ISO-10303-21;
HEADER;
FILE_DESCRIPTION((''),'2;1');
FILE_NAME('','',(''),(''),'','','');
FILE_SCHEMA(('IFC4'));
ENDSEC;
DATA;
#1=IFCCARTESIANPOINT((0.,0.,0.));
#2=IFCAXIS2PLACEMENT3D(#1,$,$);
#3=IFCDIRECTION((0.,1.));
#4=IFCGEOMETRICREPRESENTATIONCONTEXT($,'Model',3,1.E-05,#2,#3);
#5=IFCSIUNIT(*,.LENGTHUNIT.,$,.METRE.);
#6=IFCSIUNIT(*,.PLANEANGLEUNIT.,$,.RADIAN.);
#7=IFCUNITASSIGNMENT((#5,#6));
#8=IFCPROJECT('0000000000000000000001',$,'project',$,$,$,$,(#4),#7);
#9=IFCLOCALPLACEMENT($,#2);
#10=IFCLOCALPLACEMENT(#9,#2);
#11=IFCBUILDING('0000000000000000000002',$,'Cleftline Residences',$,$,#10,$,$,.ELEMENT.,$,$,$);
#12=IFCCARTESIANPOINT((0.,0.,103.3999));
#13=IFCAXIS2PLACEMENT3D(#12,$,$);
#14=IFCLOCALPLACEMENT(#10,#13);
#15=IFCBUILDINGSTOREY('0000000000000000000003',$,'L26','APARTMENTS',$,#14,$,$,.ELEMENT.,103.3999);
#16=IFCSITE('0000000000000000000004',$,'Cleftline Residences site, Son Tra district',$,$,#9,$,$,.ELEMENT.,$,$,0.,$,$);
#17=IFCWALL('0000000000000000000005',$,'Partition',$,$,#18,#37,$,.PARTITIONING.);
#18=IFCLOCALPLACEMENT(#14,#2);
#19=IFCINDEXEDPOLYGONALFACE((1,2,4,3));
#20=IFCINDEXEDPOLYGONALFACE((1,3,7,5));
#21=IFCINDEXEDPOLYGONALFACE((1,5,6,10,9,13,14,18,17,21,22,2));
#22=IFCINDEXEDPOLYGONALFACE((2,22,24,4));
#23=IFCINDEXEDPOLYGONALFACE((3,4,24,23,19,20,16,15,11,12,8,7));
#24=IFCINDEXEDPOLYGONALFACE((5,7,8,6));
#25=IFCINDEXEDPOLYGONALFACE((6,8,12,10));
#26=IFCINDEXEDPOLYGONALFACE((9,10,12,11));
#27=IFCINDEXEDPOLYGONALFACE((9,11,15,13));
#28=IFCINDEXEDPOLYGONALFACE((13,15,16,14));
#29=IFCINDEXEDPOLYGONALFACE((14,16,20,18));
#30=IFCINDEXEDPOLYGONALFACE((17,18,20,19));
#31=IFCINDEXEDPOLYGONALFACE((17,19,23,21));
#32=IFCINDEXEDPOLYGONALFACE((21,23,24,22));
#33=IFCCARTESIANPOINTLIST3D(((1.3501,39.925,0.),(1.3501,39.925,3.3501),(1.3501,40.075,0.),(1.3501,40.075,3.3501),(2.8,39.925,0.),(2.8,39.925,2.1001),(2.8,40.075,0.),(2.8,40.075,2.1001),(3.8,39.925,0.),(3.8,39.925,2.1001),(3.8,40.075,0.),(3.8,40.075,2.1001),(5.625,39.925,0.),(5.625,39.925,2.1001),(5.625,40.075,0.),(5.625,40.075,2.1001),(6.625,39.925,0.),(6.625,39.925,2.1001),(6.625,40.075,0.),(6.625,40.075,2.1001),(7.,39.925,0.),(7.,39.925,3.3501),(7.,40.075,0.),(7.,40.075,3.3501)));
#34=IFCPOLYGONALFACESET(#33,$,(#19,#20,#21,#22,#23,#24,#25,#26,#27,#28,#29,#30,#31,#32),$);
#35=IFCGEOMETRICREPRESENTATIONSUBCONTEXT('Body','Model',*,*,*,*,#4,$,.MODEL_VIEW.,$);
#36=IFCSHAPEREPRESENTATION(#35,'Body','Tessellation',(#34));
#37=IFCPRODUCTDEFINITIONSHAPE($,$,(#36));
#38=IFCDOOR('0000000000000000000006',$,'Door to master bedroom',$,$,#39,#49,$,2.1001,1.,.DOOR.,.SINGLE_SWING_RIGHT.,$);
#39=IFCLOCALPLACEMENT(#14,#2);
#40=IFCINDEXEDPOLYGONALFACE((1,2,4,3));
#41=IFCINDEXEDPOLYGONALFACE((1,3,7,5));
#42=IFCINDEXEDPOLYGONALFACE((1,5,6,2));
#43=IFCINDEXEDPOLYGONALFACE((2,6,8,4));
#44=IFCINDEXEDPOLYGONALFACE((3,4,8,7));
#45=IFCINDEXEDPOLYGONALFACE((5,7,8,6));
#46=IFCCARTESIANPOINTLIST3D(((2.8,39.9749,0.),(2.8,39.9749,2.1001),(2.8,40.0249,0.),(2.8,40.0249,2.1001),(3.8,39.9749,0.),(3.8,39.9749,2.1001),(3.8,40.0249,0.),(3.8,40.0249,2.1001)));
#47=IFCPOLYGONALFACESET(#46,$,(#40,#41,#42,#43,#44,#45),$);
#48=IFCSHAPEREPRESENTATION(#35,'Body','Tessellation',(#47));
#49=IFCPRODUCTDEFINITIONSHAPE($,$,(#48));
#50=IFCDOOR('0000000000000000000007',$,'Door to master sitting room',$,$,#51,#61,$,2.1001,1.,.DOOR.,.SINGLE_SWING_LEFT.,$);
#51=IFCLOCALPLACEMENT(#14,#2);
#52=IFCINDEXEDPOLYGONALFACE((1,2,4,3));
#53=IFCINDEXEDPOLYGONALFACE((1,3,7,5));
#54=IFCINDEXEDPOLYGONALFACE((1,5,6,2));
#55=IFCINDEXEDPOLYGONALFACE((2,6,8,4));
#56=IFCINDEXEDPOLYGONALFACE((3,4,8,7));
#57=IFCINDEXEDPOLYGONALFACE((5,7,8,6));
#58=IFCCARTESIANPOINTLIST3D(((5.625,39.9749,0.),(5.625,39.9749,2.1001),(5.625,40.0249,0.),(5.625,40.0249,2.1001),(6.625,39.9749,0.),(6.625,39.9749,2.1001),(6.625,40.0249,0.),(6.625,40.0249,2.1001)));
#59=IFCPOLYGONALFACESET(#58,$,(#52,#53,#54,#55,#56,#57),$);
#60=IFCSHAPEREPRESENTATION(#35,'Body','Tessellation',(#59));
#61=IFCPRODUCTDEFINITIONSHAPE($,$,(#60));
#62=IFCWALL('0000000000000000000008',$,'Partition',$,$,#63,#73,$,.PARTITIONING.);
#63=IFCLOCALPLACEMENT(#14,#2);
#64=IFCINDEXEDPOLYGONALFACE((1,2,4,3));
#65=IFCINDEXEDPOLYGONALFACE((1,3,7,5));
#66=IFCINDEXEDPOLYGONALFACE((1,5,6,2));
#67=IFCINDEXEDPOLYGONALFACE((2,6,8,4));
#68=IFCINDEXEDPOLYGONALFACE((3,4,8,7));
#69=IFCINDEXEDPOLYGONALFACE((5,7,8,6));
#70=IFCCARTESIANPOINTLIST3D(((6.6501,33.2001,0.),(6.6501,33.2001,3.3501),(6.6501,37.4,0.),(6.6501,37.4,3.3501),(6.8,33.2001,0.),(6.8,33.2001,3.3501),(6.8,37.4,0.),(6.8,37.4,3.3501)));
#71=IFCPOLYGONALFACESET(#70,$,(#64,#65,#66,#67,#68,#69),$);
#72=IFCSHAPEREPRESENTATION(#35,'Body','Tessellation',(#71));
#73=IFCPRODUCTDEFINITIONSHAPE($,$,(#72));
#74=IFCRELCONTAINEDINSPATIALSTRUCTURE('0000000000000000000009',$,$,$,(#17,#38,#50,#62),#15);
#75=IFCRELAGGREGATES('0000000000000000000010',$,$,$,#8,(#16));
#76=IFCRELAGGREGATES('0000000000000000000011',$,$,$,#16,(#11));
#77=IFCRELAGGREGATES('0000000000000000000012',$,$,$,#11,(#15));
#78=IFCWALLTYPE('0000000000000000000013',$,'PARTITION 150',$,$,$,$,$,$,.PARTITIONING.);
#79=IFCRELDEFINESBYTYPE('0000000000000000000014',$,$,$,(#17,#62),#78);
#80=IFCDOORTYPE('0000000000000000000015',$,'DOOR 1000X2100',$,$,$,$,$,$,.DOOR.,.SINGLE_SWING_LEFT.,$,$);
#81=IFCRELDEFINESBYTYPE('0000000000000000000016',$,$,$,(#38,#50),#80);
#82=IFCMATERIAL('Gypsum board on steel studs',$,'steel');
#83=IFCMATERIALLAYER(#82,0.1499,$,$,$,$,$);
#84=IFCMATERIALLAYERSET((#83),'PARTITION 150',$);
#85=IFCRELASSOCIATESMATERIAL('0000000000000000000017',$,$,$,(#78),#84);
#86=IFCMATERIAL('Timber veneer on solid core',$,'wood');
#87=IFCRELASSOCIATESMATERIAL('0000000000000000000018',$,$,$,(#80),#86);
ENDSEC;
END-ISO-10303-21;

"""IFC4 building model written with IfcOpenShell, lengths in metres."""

from ifc_helpers import new_model, si_unit, direction, frame, frame_2d, origin, place, context, subcontext, project, spatial, rectangle, extrude, material, layer, layer_set, type_object, element, fill, save


model = new_model("IFC4")

# Units and contexts
model_context = context("Model", 3, precision=1e-05, world=origin(), true_north=direction((0.0, 1.0)))
body_context = subcontext(model_context, "Body", "Model", "MODEL_VIEW")
ifc_project = project(units=[si_unit("LENGTHUNIT", "METRE"), si_unit("PLANEANGLEUNIT", "RADIAN")], contexts=[model_context])

# Site, building, storey
site_placement = place(None, origin())
site = spatial("IfcSite", under=ifc_project, at=site_placement, Name="Cleftline Residences site, Son Tra district", CompositionType="ELEMENT", RefElevation=0.0)
building_placement = place(site_placement, origin())
building = spatial("IfcBuilding", under=site, at=building_placement, Name="Cleftline Residences", CompositionType="ELEMENT")
storey_placement = place(building_placement, frame((0.0, 0.0, 103.3999)))
storey = spatial("IfcBuildingStorey", under=building, at=storey_placement, Name="L26", Description="APARTMENTS", CompositionType="ELEMENT", Elevation=103.3999)

# Wall, openings, doors
ifc_material_1 = material(Name="Gypsum board on steel studs", Category="steel")
ifc_layer = layer(ifc_material_1, 0.1499)
ifc_layer_set = layer_set([ifc_layer], Name="PARTITION 150")
wall_type = type_object("IfcWallType", Name="PARTITION 150", PredefinedType="PARTITIONING", material=ifc_layer_set)
ifc_material_2 = material(Name="Timber veneer on solid core", Category="wood")
door_type_1 = type_object("IfcDoorType", Name="DOOR 1000X2100", OperationType="SINGLE_SWING_LEFT", PredefinedType="DOOR", material=ifc_material_2)
wall_1_placement = place(storey_placement, frame((1.3501, 40.0, 0.0), z_axis=(0.0, 0.0, 1.0), x_axis=(1.0, 0.0, 0.0)))
wall_1 = element("IfcWall", 1, at=wall_1_placement, inside=storey, type_object=wall_type, Name="Partition", PredefinedType="PARTITIONING", context=body_context, shape_type="SweptSolid", body=[
    extrude(rectangle(XDim=5.6499, YDim=0.1499, at=frame_2d((2.825, 0.0))), origin(), (0.0, 0.0, 1.0), 3.3501),
])
opening_1_placement = place(wall_1_placement, frame((1.45, 0.0, 0.0)))
opening_1 = element("IfcOpeningElement", 2, at=opening_1_placement, cuts=wall_1, PredefinedType="OPENING", context=body_context, shape_type="SweptSolid", body=[
    extrude(rectangle(XDim=1.0, YDim=2.1001, at=frame_2d((0.5, 1.05))), frame((0.0, 0.085, 0.0), z_axis=(0.0, -1.0, 0.0), x_axis=(1.0, 0.0, 0.0)), (0.0, 0.0, 1.0), 0.1699),
])
opening_2_placement = place(wall_1_placement, frame((4.2749, 0.0, 0.0)))
opening_2 = element("IfcOpeningElement", 3, at=opening_2_placement, cuts=wall_1, PredefinedType="OPENING", context=body_context, shape_type="SweptSolid", body=[
    extrude(rectangle(XDim=1.0, YDim=2.1001, at=frame_2d((0.5, 1.05))), frame((0.0, 0.085, 0.0), z_axis=(0.0, -1.0, 0.0), x_axis=(1.0, 0.0, 0.0)), (0.0, 0.0, 1.0), 0.1699),
])
door_1_placement = place(opening_1_placement, origin())
door_1 = element("IfcDoor", 4, at=door_1_placement, inside=storey, type_object=door_type_1, Name="Door to master bedroom", OperationType="SINGLE_SWING_RIGHT", OverallHeight=2.1001, OverallWidth=1.0, PredefinedType="DOOR", context=body_context, shape_type="SweptSolid", body=[
    extrude(rectangle(XDim=1.0, YDim=2.1001, at=frame_2d((0.5, 1.05))), frame((0.0, 0.0249, 0.0), z_axis=(0.0, -1.0, 0.0), x_axis=(1.0, 0.0, 0.0)), (0.0, 0.0, 1.0), 0.05),
])
fill(opening_1, door_1)
door_2_placement = place(opening_2_placement, origin())
door_2 = element("IfcDoor", 5, at=door_2_placement, inside=storey, type_object=door_type_1, Name="Door to master sitting room", OperationType="SINGLE_SWING_LEFT", OverallHeight=2.1001, OverallWidth=1.0, PredefinedType="DOOR", context=body_context, shape_type="SweptSolid", body=[
    extrude(rectangle(XDim=1.0, YDim=2.1001, at=frame_2d((0.5, 1.05))), frame((0.0, 0.0249, 0.0), z_axis=(0.0, -1.0, 0.0), x_axis=(1.0, 0.0, 0.0)), (0.0, 0.0, 1.0), 0.05),
])
fill(opening_2, door_2)

# Wall
wall_2_placement = place(storey_placement, frame((6.7251, 33.2, 0.0), z_axis=(0.0, 0.0, 1.0), x_axis=(0.0, 1.0, 0.0)))
element("IfcWall", 6, at=wall_2_placement, inside=storey, type_object=wall_type, Name="Partition", PredefinedType="PARTITIONING", context=body_context, shape_type="SweptSolid", body=[
    extrude(rectangle(XDim=4.2, YDim=0.1499, at=frame_2d((2.1001, 0.0))), origin(), (0.0, 0.0, 1.0), 3.3501),
])

save(model, "model.ifc")
